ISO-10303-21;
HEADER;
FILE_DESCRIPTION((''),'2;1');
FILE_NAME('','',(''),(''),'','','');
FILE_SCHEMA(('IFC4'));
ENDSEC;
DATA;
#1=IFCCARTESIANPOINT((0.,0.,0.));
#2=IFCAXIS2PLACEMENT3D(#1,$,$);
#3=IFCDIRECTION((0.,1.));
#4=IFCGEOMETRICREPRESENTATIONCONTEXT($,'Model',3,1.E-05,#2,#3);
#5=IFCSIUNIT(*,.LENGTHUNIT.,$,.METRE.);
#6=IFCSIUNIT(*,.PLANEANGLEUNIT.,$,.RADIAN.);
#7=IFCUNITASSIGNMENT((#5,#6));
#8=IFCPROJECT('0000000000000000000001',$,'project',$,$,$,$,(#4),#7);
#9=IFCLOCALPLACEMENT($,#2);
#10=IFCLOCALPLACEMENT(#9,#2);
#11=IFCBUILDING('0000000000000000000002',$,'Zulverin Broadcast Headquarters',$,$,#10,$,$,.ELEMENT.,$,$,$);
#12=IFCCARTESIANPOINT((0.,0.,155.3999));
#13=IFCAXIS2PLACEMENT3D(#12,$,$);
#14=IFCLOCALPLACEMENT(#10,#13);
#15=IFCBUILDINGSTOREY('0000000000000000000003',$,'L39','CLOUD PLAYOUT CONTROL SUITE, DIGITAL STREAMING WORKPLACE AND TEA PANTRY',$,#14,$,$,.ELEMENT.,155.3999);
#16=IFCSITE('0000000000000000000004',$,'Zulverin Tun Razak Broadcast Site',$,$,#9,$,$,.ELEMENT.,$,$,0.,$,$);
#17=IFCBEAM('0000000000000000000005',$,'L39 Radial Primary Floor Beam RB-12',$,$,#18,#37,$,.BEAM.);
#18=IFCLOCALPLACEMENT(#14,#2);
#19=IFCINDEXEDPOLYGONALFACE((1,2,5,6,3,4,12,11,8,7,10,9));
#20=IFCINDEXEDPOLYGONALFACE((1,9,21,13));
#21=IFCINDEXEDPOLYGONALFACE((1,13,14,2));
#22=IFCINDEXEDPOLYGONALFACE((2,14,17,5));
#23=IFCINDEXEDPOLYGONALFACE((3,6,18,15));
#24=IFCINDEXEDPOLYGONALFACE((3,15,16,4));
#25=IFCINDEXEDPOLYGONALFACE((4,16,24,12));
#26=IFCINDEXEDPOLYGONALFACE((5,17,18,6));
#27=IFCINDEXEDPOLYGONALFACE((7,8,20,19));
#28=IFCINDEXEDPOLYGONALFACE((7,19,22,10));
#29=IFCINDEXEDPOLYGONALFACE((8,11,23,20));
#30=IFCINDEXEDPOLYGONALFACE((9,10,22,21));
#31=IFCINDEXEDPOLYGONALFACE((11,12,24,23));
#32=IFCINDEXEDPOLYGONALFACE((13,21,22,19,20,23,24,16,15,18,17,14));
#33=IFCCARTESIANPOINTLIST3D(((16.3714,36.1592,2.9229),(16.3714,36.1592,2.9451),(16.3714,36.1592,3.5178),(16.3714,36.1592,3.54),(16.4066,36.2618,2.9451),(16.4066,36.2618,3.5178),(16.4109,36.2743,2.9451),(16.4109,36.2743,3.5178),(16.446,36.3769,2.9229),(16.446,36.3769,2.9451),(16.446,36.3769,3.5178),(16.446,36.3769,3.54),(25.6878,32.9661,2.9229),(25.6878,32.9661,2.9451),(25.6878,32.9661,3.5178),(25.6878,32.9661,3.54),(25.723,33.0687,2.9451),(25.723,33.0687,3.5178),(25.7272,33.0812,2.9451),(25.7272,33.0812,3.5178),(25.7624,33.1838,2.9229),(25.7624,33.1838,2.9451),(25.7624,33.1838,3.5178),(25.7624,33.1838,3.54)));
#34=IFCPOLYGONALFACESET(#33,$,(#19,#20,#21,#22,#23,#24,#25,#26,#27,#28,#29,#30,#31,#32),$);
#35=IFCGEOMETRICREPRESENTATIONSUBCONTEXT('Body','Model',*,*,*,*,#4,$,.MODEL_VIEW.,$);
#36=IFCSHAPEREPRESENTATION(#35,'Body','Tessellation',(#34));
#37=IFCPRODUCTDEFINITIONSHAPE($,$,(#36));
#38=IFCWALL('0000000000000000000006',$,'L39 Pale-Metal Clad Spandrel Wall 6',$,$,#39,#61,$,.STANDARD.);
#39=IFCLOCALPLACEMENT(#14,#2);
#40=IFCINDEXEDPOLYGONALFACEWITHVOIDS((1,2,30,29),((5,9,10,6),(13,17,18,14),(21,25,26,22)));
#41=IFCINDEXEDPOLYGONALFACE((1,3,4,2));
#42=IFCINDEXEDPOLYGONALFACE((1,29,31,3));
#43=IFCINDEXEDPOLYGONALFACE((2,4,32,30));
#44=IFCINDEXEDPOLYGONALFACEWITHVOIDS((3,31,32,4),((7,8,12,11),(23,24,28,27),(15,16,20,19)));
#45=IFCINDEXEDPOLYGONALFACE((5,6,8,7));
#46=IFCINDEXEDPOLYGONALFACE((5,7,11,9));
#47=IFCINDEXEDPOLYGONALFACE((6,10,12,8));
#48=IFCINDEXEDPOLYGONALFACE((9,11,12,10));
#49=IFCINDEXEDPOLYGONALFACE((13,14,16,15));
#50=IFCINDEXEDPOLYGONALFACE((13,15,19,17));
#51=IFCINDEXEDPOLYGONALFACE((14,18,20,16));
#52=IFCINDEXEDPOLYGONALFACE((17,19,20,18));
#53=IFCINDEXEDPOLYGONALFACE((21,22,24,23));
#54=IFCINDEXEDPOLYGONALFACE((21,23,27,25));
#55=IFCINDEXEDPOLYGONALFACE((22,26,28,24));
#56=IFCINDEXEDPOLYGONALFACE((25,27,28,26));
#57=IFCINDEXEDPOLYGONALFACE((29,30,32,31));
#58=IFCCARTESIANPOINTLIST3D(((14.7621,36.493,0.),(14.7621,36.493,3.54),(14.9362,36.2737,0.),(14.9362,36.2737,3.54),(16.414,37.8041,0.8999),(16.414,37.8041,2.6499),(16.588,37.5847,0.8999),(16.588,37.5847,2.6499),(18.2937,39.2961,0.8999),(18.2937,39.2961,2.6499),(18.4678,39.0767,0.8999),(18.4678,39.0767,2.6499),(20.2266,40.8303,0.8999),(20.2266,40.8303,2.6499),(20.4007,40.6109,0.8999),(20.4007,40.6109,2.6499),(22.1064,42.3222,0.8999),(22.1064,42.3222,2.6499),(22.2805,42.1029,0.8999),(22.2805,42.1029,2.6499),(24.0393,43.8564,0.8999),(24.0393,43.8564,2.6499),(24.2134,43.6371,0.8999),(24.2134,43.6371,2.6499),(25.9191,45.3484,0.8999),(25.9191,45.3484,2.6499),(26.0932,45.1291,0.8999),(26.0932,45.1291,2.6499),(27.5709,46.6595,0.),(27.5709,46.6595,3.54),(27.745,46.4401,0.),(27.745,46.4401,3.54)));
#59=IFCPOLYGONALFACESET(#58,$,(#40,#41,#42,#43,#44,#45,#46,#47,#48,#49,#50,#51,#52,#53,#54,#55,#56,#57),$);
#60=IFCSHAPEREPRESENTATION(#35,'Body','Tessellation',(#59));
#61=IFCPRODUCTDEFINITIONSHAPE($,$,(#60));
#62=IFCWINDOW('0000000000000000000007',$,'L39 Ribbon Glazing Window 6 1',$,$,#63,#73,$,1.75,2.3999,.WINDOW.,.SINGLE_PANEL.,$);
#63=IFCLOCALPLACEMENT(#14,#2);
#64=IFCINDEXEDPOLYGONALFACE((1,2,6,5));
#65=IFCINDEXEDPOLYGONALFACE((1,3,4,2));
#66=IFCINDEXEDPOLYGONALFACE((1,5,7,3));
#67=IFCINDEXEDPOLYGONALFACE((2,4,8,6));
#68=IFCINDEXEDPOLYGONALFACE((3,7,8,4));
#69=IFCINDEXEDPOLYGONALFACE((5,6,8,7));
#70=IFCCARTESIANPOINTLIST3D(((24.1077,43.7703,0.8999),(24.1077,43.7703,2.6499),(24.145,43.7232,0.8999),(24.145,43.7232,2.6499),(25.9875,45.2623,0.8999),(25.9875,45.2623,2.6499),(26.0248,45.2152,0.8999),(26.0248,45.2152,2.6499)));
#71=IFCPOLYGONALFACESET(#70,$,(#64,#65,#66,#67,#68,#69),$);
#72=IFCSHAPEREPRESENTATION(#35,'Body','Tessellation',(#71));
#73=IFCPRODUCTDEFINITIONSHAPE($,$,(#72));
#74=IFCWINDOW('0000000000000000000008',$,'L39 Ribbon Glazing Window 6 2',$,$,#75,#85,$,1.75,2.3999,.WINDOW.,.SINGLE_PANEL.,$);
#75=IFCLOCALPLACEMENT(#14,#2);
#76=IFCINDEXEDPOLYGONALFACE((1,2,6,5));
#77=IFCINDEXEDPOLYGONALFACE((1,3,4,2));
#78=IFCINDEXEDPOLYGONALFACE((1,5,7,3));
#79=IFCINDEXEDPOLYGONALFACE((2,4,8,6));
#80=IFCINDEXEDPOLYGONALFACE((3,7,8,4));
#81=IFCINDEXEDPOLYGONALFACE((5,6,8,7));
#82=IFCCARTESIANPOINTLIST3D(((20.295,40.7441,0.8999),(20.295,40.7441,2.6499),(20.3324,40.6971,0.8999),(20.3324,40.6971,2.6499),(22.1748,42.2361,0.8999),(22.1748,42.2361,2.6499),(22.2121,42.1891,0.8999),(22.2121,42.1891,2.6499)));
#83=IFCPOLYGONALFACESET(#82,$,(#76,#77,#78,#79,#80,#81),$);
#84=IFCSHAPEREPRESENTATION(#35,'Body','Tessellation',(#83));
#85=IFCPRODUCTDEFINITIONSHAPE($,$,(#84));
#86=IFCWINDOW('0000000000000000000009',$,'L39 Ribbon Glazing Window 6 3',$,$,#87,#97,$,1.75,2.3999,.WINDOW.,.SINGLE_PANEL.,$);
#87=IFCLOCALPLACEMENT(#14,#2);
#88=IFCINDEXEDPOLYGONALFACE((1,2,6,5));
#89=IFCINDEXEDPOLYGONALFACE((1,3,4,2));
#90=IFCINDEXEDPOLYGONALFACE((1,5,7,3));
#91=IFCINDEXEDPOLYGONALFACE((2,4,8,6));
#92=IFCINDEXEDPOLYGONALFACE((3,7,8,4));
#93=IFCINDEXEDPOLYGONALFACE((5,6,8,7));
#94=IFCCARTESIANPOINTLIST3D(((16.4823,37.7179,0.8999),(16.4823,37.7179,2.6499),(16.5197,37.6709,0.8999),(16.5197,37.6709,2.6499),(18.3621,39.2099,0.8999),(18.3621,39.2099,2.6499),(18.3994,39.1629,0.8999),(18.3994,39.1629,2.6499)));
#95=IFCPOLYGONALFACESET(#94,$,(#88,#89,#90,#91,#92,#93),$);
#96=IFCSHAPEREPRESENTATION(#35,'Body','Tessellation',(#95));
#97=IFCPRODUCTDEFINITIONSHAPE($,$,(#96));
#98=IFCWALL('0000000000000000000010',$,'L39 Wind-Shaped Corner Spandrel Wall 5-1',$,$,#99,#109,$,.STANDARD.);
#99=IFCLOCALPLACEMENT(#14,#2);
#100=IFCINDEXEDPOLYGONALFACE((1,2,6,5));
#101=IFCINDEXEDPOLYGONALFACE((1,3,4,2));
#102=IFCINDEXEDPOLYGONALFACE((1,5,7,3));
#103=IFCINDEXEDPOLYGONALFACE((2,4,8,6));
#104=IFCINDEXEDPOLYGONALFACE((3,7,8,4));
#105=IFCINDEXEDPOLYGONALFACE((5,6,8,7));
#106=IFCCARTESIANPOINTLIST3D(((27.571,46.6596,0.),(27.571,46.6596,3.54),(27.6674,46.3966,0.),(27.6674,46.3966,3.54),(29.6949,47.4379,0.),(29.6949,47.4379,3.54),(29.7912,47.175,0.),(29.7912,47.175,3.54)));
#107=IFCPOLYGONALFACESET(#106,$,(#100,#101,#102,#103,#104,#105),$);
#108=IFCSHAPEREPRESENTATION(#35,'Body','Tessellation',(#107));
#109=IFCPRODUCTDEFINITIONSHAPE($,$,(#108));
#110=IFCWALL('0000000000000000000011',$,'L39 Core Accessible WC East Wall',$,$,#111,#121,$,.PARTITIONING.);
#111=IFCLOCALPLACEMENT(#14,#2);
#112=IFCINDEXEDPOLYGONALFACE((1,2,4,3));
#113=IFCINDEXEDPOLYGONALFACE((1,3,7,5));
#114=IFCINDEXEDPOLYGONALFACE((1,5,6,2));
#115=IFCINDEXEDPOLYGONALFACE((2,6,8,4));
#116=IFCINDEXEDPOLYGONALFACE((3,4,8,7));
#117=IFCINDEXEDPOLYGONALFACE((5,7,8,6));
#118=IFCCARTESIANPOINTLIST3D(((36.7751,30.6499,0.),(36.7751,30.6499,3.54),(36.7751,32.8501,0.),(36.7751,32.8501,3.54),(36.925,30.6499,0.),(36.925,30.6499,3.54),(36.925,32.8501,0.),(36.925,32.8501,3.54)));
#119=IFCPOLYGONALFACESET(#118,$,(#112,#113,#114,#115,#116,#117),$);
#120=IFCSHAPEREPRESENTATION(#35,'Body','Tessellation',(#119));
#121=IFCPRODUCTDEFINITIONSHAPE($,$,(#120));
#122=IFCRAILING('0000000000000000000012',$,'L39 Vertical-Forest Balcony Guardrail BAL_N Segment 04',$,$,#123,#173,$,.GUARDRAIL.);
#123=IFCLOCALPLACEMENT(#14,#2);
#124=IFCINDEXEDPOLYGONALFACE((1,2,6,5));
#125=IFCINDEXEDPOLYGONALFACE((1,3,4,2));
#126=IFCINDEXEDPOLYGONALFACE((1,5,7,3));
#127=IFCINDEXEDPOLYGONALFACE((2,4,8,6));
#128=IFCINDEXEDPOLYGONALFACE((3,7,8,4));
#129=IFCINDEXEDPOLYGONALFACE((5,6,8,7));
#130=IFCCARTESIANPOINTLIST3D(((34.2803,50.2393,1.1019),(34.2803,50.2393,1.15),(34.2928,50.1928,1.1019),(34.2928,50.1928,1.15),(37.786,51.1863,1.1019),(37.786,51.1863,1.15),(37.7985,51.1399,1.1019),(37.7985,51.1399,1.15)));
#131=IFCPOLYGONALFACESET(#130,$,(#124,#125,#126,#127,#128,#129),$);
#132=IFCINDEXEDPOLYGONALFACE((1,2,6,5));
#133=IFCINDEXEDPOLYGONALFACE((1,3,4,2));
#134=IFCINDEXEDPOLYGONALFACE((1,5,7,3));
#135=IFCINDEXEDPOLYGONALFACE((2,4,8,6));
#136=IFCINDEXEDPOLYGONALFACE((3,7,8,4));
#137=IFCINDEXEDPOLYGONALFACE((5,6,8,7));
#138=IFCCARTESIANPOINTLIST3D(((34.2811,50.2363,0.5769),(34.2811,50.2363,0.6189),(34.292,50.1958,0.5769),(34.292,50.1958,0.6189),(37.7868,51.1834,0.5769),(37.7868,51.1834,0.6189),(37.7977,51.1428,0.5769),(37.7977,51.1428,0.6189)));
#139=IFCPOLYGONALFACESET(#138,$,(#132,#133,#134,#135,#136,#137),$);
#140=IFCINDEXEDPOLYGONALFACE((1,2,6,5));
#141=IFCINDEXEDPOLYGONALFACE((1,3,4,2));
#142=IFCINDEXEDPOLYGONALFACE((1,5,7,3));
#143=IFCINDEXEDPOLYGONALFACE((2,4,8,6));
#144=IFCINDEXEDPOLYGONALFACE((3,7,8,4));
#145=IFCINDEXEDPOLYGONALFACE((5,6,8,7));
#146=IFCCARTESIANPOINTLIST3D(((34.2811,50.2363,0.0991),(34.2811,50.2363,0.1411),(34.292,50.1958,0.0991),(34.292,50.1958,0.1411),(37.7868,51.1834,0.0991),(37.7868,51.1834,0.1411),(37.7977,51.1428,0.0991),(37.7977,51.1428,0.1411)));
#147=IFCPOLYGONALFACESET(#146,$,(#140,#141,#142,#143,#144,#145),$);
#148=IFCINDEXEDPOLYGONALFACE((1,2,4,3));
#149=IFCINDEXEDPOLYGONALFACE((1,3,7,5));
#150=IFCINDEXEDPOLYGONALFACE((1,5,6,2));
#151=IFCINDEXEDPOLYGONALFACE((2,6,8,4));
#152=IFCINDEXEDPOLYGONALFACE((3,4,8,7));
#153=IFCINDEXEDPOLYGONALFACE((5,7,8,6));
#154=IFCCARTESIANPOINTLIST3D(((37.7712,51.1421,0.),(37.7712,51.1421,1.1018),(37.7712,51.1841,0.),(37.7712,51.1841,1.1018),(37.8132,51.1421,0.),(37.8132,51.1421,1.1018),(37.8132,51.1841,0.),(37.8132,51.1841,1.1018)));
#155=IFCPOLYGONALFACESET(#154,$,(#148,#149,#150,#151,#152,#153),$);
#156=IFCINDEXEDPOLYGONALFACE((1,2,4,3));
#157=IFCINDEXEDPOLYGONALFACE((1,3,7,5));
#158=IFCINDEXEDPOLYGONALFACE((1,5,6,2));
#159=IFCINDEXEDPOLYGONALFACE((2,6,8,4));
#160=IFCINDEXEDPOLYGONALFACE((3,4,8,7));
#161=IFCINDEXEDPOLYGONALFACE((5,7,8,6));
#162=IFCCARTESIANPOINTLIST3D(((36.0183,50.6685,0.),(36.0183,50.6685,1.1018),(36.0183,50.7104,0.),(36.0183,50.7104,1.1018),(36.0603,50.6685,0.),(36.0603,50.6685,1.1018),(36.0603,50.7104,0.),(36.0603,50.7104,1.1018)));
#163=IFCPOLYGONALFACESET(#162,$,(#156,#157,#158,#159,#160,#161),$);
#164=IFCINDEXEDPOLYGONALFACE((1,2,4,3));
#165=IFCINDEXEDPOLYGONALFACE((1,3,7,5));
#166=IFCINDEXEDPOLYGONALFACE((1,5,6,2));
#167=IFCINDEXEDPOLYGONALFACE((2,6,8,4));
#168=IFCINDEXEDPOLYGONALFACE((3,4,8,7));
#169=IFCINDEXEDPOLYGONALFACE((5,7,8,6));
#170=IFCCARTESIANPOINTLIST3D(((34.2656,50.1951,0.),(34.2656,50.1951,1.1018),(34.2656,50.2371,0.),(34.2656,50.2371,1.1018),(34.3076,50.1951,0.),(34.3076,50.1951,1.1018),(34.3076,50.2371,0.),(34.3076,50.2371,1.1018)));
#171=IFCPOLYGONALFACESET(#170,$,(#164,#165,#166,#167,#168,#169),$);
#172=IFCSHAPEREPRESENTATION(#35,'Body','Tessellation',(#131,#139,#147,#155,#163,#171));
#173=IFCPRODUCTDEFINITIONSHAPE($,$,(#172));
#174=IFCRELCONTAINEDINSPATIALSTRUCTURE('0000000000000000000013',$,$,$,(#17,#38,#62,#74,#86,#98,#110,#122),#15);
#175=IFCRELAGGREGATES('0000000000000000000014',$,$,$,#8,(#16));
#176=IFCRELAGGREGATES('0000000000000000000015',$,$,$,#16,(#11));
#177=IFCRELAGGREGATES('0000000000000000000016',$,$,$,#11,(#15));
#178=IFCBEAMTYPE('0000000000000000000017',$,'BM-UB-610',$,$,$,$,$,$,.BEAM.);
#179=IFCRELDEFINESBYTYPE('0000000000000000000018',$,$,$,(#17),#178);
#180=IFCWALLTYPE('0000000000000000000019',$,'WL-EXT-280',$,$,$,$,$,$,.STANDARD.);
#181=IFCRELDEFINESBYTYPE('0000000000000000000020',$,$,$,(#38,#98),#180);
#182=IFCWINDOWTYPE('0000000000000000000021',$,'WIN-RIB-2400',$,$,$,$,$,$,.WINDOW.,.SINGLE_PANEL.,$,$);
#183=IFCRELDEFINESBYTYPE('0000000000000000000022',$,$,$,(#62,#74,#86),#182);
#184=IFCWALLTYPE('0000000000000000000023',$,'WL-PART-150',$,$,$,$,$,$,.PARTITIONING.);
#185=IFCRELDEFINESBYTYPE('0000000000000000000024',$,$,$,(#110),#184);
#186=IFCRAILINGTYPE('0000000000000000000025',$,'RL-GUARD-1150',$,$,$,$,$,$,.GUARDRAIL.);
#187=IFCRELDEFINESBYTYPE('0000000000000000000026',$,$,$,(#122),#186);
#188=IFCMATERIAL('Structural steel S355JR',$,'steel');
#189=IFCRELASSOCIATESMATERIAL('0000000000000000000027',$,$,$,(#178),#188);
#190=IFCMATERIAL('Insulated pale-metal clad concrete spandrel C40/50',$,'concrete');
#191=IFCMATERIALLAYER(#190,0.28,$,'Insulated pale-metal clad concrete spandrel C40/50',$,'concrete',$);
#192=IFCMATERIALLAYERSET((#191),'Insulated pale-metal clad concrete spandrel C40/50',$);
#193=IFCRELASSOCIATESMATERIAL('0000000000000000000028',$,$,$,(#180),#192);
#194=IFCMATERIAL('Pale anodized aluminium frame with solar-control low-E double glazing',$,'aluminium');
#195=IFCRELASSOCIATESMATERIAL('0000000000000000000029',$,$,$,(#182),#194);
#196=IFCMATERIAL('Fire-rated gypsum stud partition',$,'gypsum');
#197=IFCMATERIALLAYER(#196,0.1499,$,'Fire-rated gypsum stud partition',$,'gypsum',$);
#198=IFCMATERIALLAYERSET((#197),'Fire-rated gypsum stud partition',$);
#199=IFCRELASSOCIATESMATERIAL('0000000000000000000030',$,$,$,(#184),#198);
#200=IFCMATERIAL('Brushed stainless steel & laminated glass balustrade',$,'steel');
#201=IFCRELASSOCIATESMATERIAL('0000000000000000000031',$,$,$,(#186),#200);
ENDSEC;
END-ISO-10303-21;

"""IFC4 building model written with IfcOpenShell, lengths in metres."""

from ifc_helpers import new_model, si_unit, direction, frame, frame_2d, origin, origin_2d, place, context, subcontext, project, spatial, rectangle, i_section, extrude, material, layer, layer_set, material_profile, profile_set, type_object, element, fill, save


model = new_model("IFC4")

# Units and contexts
model_context = context("Model", 3, precision=1e-05, world=origin(), true_north=direction((0.0, 1.0)))
body_context = subcontext(model_context, "Body", "Model", "MODEL_VIEW")
ifc_project = project(units=[si_unit("LENGTHUNIT", "METRE"), si_unit("PLANEANGLEUNIT", "RADIAN")], contexts=[model_context])

# Site, building, storey
site_placement = place(None, origin())
site = spatial("IfcSite", under=ifc_project, at=site_placement, Name="Zulverin Tun Razak Broadcast Site", CompositionType="ELEMENT", RefElevation=0.0)
building_placement = place(site_placement, origin())
building = spatial("IfcBuilding", under=site, at=building_placement, Name="Zulverin Broadcast Headquarters", CompositionType="ELEMENT")
storey_placement = place(building_placement, frame((0.0, 0.0, 155.3999)))
storey = spatial("IfcBuildingStorey", under=building, at=storey_placement, Name="L39", Description="CLOUD PLAYOUT CONTROL SUITE, DIGITAL STREAMING WORKPLACE AND TEA PANTRY", CompositionType="ELEMENT", Elevation=155.3999)

# Beam
ifc_material_1 = material(Name="Structural steel S355JR", Category="steel")
ifc_material_profile_1 = material_profile(ifc_material_1, i_section(OverallWidth=0.2302, OverallDepth=0.6172, WebThickness=0.0132, FlangeThickness=0.0222, at=origin_2d()), Name="Structural steel S355JR", Category="steel")
ifc_profile_set_1 = profile_set([ifc_material_profile_1], Name="Structural steel S355JR")
beam_type_1 = type_object("IfcBeamType", Name="BM-UB-610", PredefinedType="BEAM", material=ifc_profile_set_1)
beam_1_placement = place(storey_placement, frame((25.7251, 33.075, 3.2314), z_axis=(-0.94598, 0.324226, 0.0), x_axis=(-0.324226, -0.94598, 0.0)))
element("IfcBeam", 1, at=beam_1_placement, inside=storey, type_object=beam_type_1, Name="L39 Radial Primary Floor Beam RB-12", PredefinedType="BEAM", context=body_context, shape_type="SweptSolid", body=[
    extrude(i_section(OverallWidth=0.2302, OverallDepth=0.6172, WebThickness=0.0132, FlangeThickness=0.0222, at=origin_2d()), origin(), (0.0, 0.0, 1.0), 9.8484),
])

# Wall, openings, windows
ifc_material_2 = material(Name="Insulated pale-metal clad concrete spandrel C40/50", Category="concrete")
ifc_layer_1 = layer(ifc_material_2, 0.28, Name="Insulated pale-metal clad concrete spandrel C40/50", Category="concrete")
ifc_layer_set_1 = layer_set([ifc_layer_1], Name="Insulated pale-metal clad concrete spandrel C40/50")
wall_type_1 = type_object("IfcWallType", Name="WL-EXT-280", PredefinedType="STANDARD", material=ifc_layer_set_1)
wall_1_placement = place(storey_placement, frame((27.658, 46.5498, 0.0), z_axis=(0.0, 0.0, 1.0), x_axis=(-0.783266, -0.621686, 0.0)))
wall_1 = element("IfcWall", 2, at=wall_1_placement, inside=storey, type_object=wall_type_1, Name="L39 Pale-Metal Clad Spandrel Wall 6", PredefinedType="STANDARD", context=body_context, shape_type="SweptSolid", body=[
    extrude(rectangle(XDim=16.353, YDim=0.28, at=frame_2d((8.1765, 0.0))), origin(), (0.0, 0.0, 1.0), 3.54),
])
opening_1_placement = place(wall_1_placement, frame((2.1089, 0.0, 0.8999)))
opening_1 = element("IfcOpeningElement", 3, at=opening_1_placement, cuts=wall_1, PredefinedType="OPENING", context=body_context, shape_type="SweptSolid", body=[
    extrude(rectangle(XDim=2.3999, YDim=1.75, at=frame_2d((1.2, 0.875))), frame((0.0, 0.1499, 0.0), z_axis=(0.0, -1.0, 0.0), x_axis=(1.0, 0.0, 0.0)), (0.0, 0.0, 1.0), 0.3),
])
opening_2_placement = place(wall_1_placement, frame((6.9766, 0.0, 0.8999)))
opening_2 = element("IfcOpeningElement", 4, at=opening_2_placement, cuts=wall_1, PredefinedType="OPENING", context=body_context, shape_type="SweptSolid", body=[
    extrude(rectangle(XDim=2.3999, YDim=1.75, at=frame_2d((1.2, 0.875))), frame((0.0, 0.1499, 0.0), z_axis=(0.0, -1.0, 0.0), x_axis=(1.0, 0.0, 0.0)), (0.0, 0.0, 1.0), 0.3),
])
opening_3_placement = place(wall_1_placement, frame((11.8442, 0.0, 0.8999)))
opening_3 = element("IfcOpeningElement", 5, at=opening_3_placement, cuts=wall_1, PredefinedType="OPENING", context=body_context, shape_type="SweptSolid", body=[
    extrude(rectangle(XDim=2.3999, YDim=1.75, at=frame_2d((1.2, 0.875))), frame((0.0, 0.1499, 0.0), z_axis=(0.0, -1.0, 0.0), x_axis=(1.0, 0.0, 0.0)), (0.0, 0.0, 1.0), 0.3),
])
ifc_material_3 = material(Name="Pale anodized aluminium frame with solar-control low-E double glazing", Category="aluminium")
window_type = type_object("IfcWindowType", Name="WIN-RIB-2400", PartitioningType="SINGLE_PANEL", PredefinedType="WINDOW", material=ifc_material_3)
window_1_placement = place(opening_1_placement, origin())
window_1 = element("IfcWindow", 6, at=window_1_placement, inside=storey, type_object=window_type, Name="L39 Ribbon Glazing Window 6 1", OverallHeight=1.75, OverallWidth=2.3999, PartitioningType="SINGLE_PANEL", PredefinedType="WINDOW", context=body_context, shape_type="SweptSolid", body=[
    extrude(rectangle(XDim=2.3999, YDim=1.75, at=frame_2d((1.2, 0.875))), frame((0.0, 0.03, 0.0), z_axis=(0.0, -1.0, 0.0), x_axis=(1.0, 0.0, 0.0)), (0.0, 0.0, 1.0), 0.0601),
])
fill(opening_1, window_1)
window_2_placement = place(opening_2_placement, origin())
window_2 = element("IfcWindow", 7, at=window_2_placement, inside=storey, type_object=window_type, Name="L39 Ribbon Glazing Window 6 2", OverallHeight=1.75, OverallWidth=2.3999, PartitioningType="SINGLE_PANEL", PredefinedType="WINDOW", context=body_context, shape_type="SweptSolid", body=[
    extrude(rectangle(XDim=2.3999, YDim=1.75, at=frame_2d((1.2, 0.875))), frame((0.0, 0.03, 0.0), z_axis=(0.0, -1.0, 0.0), x_axis=(1.0, 0.0, 0.0)), (0.0, 0.0, 1.0), 0.0601),
])
fill(opening_2, window_2)
window_3_placement = place(opening_3_placement, origin())
window_3 = element("IfcWindow", 8, at=window_3_placement, inside=storey, type_object=window_type, Name="L39 Ribbon Glazing Window 6 3", OverallHeight=1.75, OverallWidth=2.3999, PartitioningType="SINGLE_PANEL", PredefinedType="WINDOW", context=body_context, shape_type="SweptSolid", body=[
    extrude(rectangle(XDim=2.3999, YDim=1.75, at=frame_2d((1.2, 0.875))), frame((0.0, 0.03, 0.0), z_axis=(0.0, -1.0, 0.0), x_axis=(1.0, 0.0, 0.0)), (0.0, 0.0, 1.0), 0.0601),
])
fill(opening_3, window_3)

# Walls
wall_2_placement = place(storey_placement, frame((29.7429, 47.3064, 0.0), z_axis=(0.0, 0.0, 1.0), x_axis=(-0.938933, -0.344099, 0.0)))
element("IfcWall", 9, at=wall_2_placement, inside=storey, type_object=wall_type_1, Name="L39 Wind-Shaped Corner Spandrel Wall 5-1", PredefinedType="STANDARD", context=body_context, shape_type="SweptSolid", body=[
    extrude(rectangle(XDim=2.262, YDim=0.28, at=frame_2d((1.1309, 0.0))), origin(), (0.0, 0.0, 1.0), 3.54),
])
ifc_material_4 = material(Name="Fire-rated gypsum stud partition", Category="gypsum")
ifc_layer_2 = layer(ifc_material_4, 0.1499, Name="Fire-rated gypsum stud partition", Category="gypsum")
ifc_layer_set_2 = layer_set([ifc_layer_2], Name="Fire-rated gypsum stud partition")
wall_type_2 = type_object("IfcWallType", Name="WL-PART-150", PredefinedType="PARTITIONING", material=ifc_layer_set_2)
wall_3_placement = place(storey_placement, frame((36.8501, 30.6499, 0.0), z_axis=(0.0, 0.0, 1.0), x_axis=(0.0, 1.0, 0.0)))
element("IfcWall", 10, at=wall_3_placement, inside=storey, type_object=wall_type_2, Name="L39 Core Accessible WC East Wall", PredefinedType="PARTITIONING", context=body_context, shape_type="SweptSolid", body=[
    extrude(rectangle(XDim=2.2002, YDim=0.1499, at=frame_2d((1.1001, 0.0))), origin(), (0.0, 0.0, 1.0), 3.54),
])

# Railing
ifc_material_5 = material(Name="Brushed stainless steel & laminated glass balustrade", Category="steel")
railing_type = type_object("IfcRailingType", Name="RL-GUARD-1150", PredefinedType="GUARDRAIL", material=ifc_material_5)
railing_1_placement = place(storey_placement, frame((37.7922, 51.1631, 0.0)))
element("IfcRailing", 11, at=railing_1_placement, inside=storey, type_object=railing_type, Name="L39 Vertical-Forest Balcony Guardrail BAL_N Segment 04", PredefinedType="GUARDRAIL", context=body_context, shape_type="SweptSolid", body=[
    extrude(rectangle(XDim=0.0481, YDim=0.0481, at=origin_2d()), frame((0.0, 0.0, 1.126), z_axis=(-0.965394, -0.260796, 0.0), x_axis=(0.260796, -0.965394, 0.0)), (0.0, 0.0, 1.0), 3.6313),
    extrude(rectangle(XDim=0.042, YDim=0.042, at=origin_2d()), frame((0.0, 0.0, 0.5979), z_axis=(-0.965394, -0.260796, 0.0), x_axis=(0.260796, -0.965394, 0.0)), (0.0, 0.0, 1.0), 3.6313),
    extrude(rectangle(XDim=0.042, YDim=0.042, at=origin_2d()), frame((0.0, 0.0, 0.1201), z_axis=(-0.965394, -0.260796, 0.0), x_axis=(0.260796, -0.965394, 0.0)), (0.0, 0.0, 1.0), 3.6313),
    extrude(rectangle(XDim=0.042, YDim=0.042, at=origin_2d()), origin(), (0.0, 0.0, 1.0), 1.1018),
    extrude(rectangle(XDim=0.042, YDim=0.042, at=origin_2d()), frame((-1.7529, -0.4736, 0.0)), (0.0, 0.0, 1.0), 1.1018),
    extrude(rectangle(XDim=0.042, YDim=0.042, at=origin_2d()), frame((-3.5056, -0.947, 0.0)), (0.0, 0.0, 1.0), 1.1018),
])

save(model, "model.ifc")
